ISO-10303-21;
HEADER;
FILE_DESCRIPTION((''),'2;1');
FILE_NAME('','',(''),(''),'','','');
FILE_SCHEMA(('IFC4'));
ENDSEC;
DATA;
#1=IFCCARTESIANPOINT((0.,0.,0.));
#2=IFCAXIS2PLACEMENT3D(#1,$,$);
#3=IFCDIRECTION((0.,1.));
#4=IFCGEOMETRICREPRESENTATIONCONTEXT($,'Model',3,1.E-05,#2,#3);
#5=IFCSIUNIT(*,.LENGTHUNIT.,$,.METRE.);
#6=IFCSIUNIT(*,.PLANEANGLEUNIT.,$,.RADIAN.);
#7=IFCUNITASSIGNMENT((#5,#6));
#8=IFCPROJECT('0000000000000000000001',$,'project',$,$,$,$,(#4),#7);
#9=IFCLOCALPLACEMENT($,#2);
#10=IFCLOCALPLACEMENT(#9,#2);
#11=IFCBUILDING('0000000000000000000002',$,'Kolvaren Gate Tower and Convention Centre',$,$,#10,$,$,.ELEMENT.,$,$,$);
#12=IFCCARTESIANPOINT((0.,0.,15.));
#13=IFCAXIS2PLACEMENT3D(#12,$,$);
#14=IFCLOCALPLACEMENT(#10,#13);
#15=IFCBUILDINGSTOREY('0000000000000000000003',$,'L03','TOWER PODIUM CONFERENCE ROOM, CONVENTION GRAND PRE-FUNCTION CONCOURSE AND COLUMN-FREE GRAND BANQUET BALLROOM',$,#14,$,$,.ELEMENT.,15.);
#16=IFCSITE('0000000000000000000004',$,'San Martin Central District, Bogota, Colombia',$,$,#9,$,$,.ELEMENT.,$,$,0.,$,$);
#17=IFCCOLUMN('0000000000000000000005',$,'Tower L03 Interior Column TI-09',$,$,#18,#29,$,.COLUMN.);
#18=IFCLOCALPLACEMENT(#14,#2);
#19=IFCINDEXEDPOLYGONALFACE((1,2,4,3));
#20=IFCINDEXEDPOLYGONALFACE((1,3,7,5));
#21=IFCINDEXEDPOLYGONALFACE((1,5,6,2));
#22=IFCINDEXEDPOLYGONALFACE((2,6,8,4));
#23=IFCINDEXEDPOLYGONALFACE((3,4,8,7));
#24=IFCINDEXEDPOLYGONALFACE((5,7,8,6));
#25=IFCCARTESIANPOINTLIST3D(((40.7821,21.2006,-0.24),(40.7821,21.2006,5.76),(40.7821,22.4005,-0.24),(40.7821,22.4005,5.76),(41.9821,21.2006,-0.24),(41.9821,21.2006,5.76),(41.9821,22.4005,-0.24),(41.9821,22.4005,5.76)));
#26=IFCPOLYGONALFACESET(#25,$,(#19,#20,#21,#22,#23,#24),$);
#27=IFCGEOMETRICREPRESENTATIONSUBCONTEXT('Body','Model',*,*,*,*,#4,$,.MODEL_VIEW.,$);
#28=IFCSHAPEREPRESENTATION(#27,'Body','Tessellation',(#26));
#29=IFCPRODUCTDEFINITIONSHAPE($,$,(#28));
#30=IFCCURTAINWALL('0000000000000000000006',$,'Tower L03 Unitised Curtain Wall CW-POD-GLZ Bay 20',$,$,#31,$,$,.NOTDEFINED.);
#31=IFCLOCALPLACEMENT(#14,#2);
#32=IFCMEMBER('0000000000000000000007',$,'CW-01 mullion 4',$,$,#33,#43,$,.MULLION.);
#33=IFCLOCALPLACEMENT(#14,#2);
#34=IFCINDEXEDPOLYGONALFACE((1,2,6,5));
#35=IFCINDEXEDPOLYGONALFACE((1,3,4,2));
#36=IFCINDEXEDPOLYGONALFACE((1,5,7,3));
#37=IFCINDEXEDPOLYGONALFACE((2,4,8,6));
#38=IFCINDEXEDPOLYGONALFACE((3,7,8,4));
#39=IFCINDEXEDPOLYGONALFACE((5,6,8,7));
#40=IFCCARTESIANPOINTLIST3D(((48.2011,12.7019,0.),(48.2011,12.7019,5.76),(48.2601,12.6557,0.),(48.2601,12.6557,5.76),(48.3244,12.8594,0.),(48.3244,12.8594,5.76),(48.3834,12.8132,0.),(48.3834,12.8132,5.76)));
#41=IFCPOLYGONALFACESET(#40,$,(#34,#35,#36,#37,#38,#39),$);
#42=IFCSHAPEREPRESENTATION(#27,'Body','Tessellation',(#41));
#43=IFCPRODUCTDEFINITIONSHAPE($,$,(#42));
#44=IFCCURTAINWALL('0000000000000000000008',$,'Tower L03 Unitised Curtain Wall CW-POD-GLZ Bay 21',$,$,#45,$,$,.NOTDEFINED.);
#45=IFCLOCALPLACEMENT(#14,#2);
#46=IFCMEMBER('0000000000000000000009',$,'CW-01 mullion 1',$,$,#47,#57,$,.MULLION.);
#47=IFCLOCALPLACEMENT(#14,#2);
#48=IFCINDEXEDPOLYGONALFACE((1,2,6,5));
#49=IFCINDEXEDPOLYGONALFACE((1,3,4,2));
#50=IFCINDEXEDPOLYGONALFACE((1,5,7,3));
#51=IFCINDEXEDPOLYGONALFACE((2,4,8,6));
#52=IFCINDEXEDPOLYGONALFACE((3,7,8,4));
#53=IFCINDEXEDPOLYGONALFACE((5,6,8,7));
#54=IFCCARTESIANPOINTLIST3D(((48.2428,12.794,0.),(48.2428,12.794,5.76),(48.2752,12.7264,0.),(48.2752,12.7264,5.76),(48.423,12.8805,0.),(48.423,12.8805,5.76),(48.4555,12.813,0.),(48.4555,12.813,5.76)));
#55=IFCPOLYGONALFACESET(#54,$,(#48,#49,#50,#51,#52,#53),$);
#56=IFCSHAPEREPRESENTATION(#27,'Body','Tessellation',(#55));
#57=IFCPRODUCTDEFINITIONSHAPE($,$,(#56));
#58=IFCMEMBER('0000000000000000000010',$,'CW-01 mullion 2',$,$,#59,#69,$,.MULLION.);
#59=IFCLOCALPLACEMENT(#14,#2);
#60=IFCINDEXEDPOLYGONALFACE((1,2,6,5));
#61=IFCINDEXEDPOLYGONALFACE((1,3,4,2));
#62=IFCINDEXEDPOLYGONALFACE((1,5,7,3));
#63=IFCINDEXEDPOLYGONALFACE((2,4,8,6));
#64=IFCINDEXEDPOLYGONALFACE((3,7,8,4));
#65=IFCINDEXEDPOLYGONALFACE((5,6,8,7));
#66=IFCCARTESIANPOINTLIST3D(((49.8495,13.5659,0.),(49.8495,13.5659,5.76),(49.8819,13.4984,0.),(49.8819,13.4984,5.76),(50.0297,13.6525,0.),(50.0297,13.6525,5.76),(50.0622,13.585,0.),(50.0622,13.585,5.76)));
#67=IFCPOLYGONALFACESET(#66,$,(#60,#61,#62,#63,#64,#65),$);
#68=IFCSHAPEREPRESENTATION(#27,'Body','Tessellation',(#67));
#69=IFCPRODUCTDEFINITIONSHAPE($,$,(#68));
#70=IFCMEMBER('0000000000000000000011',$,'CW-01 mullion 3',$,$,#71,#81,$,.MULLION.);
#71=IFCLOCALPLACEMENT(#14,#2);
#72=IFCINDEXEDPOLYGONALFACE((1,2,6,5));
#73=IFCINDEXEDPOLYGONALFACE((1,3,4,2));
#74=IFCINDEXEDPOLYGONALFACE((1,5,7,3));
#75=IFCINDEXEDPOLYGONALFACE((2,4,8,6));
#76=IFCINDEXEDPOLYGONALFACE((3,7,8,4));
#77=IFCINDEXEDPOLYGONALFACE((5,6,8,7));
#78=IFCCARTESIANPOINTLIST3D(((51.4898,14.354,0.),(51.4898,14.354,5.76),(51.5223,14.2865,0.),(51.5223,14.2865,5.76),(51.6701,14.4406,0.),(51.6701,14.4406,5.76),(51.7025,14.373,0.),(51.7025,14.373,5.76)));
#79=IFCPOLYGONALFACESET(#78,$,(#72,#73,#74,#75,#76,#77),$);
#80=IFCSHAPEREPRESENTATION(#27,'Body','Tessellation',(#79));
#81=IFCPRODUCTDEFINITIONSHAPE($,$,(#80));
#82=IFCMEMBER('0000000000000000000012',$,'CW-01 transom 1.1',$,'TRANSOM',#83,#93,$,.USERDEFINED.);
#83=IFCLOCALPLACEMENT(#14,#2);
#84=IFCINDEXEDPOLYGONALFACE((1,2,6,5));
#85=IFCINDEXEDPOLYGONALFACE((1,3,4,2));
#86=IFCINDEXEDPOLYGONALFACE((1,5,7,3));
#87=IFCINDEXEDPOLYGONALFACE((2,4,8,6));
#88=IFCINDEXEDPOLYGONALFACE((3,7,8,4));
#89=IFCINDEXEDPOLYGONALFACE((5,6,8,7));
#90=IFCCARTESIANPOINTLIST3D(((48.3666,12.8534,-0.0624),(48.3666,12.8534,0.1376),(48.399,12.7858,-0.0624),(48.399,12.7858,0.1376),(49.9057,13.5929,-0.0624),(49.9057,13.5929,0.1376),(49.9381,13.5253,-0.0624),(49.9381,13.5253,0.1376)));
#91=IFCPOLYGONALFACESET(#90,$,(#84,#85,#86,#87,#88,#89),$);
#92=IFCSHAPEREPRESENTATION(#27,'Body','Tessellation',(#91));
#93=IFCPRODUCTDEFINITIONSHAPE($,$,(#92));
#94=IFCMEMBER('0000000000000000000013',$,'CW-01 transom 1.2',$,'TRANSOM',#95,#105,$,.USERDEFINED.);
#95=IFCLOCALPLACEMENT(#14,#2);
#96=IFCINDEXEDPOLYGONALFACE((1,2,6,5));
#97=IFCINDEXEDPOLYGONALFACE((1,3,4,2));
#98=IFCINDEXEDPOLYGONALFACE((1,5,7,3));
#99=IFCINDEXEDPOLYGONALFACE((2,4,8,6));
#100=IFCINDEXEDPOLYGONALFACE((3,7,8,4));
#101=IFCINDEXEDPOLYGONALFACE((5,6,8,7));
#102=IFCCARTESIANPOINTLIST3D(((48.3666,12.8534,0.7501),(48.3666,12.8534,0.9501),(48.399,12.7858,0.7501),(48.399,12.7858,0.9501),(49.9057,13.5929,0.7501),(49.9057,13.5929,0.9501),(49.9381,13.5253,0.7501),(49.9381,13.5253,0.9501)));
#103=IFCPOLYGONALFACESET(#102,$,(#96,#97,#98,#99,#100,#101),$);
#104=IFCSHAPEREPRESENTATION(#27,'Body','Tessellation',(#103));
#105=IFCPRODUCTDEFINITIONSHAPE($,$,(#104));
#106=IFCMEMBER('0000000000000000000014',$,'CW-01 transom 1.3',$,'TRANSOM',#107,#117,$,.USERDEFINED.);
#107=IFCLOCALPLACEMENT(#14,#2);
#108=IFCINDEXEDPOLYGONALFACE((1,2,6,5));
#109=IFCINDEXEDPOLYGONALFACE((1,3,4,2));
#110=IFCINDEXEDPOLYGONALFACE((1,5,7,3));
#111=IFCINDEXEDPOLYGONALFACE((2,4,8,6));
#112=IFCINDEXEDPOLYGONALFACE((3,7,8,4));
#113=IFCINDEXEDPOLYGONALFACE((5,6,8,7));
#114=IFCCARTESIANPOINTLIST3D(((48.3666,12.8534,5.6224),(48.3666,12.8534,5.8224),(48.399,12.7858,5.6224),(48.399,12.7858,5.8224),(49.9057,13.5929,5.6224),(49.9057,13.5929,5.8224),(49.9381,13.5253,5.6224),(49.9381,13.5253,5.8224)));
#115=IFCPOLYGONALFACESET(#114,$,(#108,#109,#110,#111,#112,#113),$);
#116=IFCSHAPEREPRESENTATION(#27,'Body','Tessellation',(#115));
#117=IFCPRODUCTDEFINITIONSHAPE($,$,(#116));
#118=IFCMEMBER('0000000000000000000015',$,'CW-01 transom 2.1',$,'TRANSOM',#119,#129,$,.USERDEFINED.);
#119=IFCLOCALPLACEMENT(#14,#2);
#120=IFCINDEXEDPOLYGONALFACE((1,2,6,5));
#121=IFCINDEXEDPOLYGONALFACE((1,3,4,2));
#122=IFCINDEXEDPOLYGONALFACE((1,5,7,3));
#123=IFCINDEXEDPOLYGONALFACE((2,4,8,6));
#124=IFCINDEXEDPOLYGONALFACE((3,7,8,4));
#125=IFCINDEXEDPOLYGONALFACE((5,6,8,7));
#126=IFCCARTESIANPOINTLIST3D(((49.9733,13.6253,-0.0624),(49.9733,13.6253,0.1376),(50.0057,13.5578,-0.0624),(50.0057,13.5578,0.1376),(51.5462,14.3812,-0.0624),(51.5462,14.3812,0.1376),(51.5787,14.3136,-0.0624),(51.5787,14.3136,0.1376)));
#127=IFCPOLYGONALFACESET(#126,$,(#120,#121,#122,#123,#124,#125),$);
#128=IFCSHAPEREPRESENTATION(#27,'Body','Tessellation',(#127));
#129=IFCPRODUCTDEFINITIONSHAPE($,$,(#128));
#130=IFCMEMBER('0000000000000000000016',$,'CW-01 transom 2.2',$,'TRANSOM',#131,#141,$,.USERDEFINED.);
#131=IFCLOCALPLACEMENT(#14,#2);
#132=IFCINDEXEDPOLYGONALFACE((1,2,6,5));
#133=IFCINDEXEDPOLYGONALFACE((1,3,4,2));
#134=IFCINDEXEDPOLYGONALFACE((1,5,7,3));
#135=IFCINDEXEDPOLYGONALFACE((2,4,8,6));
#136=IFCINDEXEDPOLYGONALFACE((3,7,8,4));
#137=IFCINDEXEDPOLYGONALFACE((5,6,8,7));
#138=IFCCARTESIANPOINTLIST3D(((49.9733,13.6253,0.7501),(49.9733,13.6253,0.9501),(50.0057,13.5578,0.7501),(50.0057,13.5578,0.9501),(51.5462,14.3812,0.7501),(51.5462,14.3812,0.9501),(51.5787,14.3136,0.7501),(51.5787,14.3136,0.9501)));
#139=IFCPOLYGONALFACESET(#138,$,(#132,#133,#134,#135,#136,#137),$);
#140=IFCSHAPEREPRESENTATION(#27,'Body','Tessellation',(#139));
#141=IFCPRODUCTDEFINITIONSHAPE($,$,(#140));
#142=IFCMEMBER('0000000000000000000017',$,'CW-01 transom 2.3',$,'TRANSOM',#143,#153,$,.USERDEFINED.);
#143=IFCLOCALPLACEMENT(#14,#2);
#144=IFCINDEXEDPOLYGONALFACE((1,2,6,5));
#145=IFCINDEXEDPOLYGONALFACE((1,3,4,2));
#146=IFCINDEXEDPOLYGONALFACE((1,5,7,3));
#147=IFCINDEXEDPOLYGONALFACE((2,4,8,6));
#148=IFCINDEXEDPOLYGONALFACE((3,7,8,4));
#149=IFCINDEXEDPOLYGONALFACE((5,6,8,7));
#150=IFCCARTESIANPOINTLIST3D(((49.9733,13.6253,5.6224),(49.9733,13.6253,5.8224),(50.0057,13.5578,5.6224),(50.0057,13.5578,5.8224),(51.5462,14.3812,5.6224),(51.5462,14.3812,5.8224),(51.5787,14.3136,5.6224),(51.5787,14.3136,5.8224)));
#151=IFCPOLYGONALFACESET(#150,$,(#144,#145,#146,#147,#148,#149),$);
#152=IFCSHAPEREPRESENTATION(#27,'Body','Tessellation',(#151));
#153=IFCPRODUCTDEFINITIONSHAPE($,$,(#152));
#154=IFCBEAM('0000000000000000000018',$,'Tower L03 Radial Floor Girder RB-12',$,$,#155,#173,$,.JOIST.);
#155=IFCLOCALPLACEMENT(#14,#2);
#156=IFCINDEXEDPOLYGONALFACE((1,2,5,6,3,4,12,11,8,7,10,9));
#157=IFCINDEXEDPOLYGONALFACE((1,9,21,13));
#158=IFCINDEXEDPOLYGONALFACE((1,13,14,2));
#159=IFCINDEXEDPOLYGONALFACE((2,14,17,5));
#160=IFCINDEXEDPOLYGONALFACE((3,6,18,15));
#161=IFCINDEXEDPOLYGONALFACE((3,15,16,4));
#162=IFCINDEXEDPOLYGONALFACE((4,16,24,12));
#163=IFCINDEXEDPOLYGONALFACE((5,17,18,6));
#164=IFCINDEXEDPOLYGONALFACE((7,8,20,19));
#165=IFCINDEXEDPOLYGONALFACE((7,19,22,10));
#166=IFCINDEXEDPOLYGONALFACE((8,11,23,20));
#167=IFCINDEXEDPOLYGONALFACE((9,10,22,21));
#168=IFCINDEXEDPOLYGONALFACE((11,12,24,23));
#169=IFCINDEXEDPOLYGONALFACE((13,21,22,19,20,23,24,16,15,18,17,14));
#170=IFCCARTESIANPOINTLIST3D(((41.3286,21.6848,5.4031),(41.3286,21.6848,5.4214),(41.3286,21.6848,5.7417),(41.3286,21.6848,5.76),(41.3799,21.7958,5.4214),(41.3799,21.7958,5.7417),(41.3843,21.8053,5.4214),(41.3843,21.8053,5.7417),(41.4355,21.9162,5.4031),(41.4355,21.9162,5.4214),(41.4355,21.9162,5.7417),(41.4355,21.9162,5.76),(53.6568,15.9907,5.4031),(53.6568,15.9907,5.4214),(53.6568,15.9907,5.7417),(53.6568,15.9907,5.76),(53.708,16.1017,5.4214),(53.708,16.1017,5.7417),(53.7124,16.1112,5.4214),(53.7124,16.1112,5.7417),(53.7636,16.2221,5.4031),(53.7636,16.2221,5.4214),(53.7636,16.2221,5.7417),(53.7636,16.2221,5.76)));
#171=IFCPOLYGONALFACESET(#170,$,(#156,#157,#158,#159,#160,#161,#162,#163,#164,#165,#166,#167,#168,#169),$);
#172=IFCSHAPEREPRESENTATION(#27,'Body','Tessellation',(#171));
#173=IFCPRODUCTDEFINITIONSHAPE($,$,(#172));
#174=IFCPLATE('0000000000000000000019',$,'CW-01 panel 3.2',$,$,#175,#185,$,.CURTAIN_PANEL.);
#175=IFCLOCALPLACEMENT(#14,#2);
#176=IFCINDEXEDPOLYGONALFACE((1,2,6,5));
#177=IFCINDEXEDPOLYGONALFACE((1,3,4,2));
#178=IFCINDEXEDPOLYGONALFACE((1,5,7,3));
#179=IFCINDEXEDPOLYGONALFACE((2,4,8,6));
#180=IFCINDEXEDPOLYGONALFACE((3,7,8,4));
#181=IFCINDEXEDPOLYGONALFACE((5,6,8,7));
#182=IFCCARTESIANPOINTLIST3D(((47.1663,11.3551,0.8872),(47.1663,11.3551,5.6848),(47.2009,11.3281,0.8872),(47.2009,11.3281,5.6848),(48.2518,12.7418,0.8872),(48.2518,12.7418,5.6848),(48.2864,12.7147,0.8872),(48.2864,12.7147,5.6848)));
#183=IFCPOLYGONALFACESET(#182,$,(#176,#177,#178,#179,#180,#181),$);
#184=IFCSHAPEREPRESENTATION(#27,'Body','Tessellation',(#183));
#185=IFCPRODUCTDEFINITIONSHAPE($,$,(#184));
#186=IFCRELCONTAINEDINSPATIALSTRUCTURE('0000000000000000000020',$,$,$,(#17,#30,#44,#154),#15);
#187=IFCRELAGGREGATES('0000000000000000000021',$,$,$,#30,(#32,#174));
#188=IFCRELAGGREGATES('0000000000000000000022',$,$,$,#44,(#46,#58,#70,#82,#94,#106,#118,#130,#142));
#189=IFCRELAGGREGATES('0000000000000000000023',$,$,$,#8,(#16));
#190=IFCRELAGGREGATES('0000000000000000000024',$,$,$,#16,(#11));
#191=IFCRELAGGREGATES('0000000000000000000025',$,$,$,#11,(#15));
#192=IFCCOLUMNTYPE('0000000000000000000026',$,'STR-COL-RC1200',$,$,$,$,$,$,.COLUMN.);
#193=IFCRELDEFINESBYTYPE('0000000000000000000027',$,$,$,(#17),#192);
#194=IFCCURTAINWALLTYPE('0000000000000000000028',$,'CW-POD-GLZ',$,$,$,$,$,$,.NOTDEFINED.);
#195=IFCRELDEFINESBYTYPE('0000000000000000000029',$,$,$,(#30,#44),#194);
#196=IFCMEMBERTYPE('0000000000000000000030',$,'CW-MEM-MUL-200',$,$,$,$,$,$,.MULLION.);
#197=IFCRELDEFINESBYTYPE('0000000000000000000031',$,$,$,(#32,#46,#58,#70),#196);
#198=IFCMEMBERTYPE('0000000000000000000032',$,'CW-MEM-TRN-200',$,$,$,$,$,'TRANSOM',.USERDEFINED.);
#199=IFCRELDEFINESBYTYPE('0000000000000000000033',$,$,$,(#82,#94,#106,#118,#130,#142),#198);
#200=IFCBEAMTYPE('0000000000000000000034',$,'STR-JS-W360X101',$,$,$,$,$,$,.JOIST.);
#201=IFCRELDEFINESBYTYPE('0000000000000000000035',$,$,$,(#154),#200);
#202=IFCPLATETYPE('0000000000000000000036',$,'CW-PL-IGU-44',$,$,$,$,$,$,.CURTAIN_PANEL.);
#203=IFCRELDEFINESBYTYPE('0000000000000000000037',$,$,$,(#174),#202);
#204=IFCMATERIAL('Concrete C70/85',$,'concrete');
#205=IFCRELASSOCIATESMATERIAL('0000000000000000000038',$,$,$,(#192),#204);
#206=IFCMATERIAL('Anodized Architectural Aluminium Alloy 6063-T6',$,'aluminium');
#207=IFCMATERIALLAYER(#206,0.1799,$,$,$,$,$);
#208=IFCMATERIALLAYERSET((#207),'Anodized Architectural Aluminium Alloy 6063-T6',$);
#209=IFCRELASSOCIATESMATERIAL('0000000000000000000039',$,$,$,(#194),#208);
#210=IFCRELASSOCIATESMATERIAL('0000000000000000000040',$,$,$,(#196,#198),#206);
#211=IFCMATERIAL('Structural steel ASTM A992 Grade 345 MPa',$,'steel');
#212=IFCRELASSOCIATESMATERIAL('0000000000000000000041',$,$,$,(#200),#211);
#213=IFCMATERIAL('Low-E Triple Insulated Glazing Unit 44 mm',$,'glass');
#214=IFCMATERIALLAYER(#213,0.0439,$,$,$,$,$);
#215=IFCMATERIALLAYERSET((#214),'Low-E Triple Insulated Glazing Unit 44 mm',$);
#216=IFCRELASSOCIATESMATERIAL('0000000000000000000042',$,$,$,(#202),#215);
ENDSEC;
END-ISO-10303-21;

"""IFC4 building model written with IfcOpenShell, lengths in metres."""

from ifc_helpers import new_model, si_unit, direction, frame, origin, origin_2d, place, context, subcontext, project, spatial, rectangle, i_section, extrude, material, layer, layer_set, material_profile, profile_set, type_object, element, aggregate, save


model = new_model("IFC4")

# Units and contexts
model_context = context("Model", 3, precision=1e-05, world=origin(), true_north=direction((0.0, 1.0)))
body_context = subcontext(model_context, "Body", "Model", "MODEL_VIEW")
ifc_project = project(units=[si_unit("LENGTHUNIT", "METRE"), si_unit("PLANEANGLEUNIT", "RADIAN")], contexts=[model_context])

# Site, building, storey
site_placement = place(None, origin())
site = spatial("IfcSite", under=ifc_project, at=site_placement, Name="San Martin Central District, Bogota, Colombia", CompositionType="ELEMENT", RefElevation=0.0)
building_placement = place(site_placement, origin())
building = spatial("IfcBuilding", under=site, at=building_placement, Name="Kolvaren Gate Tower and Convention Centre", CompositionType="ELEMENT")
storey_placement = place(building_placement, frame((0.0, 0.0, 15.0)))
storey = spatial("IfcBuildingStorey", under=building, at=storey_placement, Name="L03", Description="TOWER PODIUM CONFERENCE ROOM, CONVENTION GRAND PRE-FUNCTION CONCOURSE AND COLUMN-FREE GRAND BANQUET BALLROOM", CompositionType="ELEMENT", Elevation=15.0)

# Column
ifc_material_1 = material(Name="Concrete C70/85", Category="concrete")
ifc_material_profile_1 = material_profile(ifc_material_1, rectangle(XDim=1.2, YDim=1.2, at=origin_2d()), Name="RC-COL-1200X1200")
ifc_profile_set_1 = profile_set([ifc_material_profile_1], Name="Concrete C70/85")
column_type = type_object("IfcColumnType", Name="STR-COL-RC1200", PredefinedType="COLUMN", material=ifc_profile_set_1)
column_placement = place(storey_placement, frame((41.3821, 21.8005, -0.24), z_axis=(0.0, 0.0, 1.0), x_axis=(1.0, 0.0, 0.0)))
element("IfcColumn", 1, at=column_placement, inside=storey, type_object=column_type, Name="Tower L03 Interior Column TI-09", PredefinedType="COLUMN", context=body_context, shape_type="SweptSolid", body=[
    extrude(rectangle(XDim=1.2, YDim=1.2, at=origin_2d()), origin(), (0.0, 0.0, 1.0), 6.0),
])

# Curtain wall, member
ifc_material_2 = material(Name="Anodized Architectural Aluminium Alloy 6063-T6", Category="aluminium")
ifc_layer_1 = layer(ifc_material_2, 0.1799)
ifc_layer_set_1 = layer_set([ifc_layer_1], Name="Anodized Architectural Aluminium Alloy 6063-T6")
curtain_wall_type = type_object("IfcCurtainWallType", Name="CW-POD-GLZ", PredefinedType="NOTDEFINED", material=ifc_layer_set_1)
curtain_wall_1_placement = place(storey_placement, origin())
curtain_wall_1 = element("IfcCurtainWall", 2, at=curtain_wall_1_placement, inside=storey, type_object=curtain_wall_type, Name="Tower L03 Unitised Curtain Wall CW-POD-GLZ Bay 20", PredefinedType="NOTDEFINED")
ifc_material_profile_2 = material_profile(ifc_material_2, rectangle(XDim=0.075, YDim=0.2, at=origin_2d()), Name="CW-MEM-MUL-200")
ifc_profile_set_2 = profile_set([ifc_material_profile_2], Name="Anodized Architectural Aluminium Alloy 6063-T6")
member_type_1 = type_object("IfcMemberType", Name="CW-MEM-MUL-200", PredefinedType="MULLION", material=ifc_profile_set_2)
member_1_placement = place(storey_placement, frame((48.2922, 12.7576, 0.0), z_axis=(0.0, 0.0, 1.0), x_axis=(-0.787413, 0.616426, 0.0)))
member_1 = element("IfcMember", 3, at=member_1_placement, type_object=member_type_1, Name="CW-01 mullion 4", PredefinedType="MULLION", context=body_context, shape_type="SweptSolid", body=[
    extrude(rectangle(XDim=0.075, YDim=0.2, at=origin_2d()), origin(), (0.0, 0.0, 1.0), 5.76),
])

# Curtain wall, members
curtain_wall_2_placement = place(storey_placement, origin())
curtain_wall_2 = element("IfcCurtainWall", 4, at=curtain_wall_2_placement, inside=storey, type_object=curtain_wall_type, Name="Tower L03 Unitised Curtain Wall CW-POD-GLZ Bay 21", PredefinedType="NOTDEFINED")
member_2_placement = place(storey_placement, frame((48.3491, 12.8035, 0.0), z_axis=(0.0, 0.0, 1.0), x_axis=(-0.433063, 0.901364, 0.0)))
member_2 = element("IfcMember", 5, at=member_2_placement, type_object=member_type_1, Name="CW-01 mullion 1", PredefinedType="MULLION", context=body_context, shape_type="SweptSolid", body=[
    extrude(rectangle(XDim=0.075, YDim=0.2, at=origin_2d()), origin(), (0.0, 0.0, 1.0), 5.76),
])
member_3_placement = place(storey_placement, frame((49.9558, 13.5754, 0.0), z_axis=(0.0, 0.0, 1.0), x_axis=(-0.433063, 0.901364, 0.0)))
member_3 = element("IfcMember", 6, at=member_3_placement, type_object=member_type_1, Name="CW-01 mullion 2", PredefinedType="MULLION", context=body_context, shape_type="SweptSolid", body=[
    extrude(rectangle(XDim=0.075, YDim=0.2, at=origin_2d()), origin(), (0.0, 0.0, 1.0), 5.76),
])
member_4_placement = place(storey_placement, frame((51.5962, 14.3635, 0.0), z_axis=(0.0, 0.0, 1.0), x_axis=(-0.433063, 0.901364, 0.0)))
member_4 = element("IfcMember", 7, at=member_4_placement, type_object=member_type_1, Name="CW-01 mullion 3", PredefinedType="MULLION", context=body_context, shape_type="SweptSolid", body=[
    extrude(rectangle(XDim=0.075, YDim=0.2, at=origin_2d()), origin(), (0.0, 0.0, 1.0), 5.76),
])
ifc_material_profile_3 = material_profile(ifc_material_2, rectangle(XDim=0.075, YDim=0.2, at=origin_2d()), Name="CW-MEM-TRN-200")
ifc_profile_set_3 = profile_set([ifc_material_profile_3], Name="Anodized Architectural Aluminium Alloy 6063-T6")
member_type_2 = type_object("IfcMemberType", Name="CW-MEM-TRN-200", ElementType="TRANSOM", PredefinedType="USERDEFINED", material=ifc_profile_set_3)
member_5_placement = place(storey_placement, frame((48.3828, 12.8196, 0.0376), z_axis=(0.901351, 0.433089, 0.0), x_axis=(-0.433089, 0.901351, 0.0)))
member_5 = element("IfcMember", 8, at=member_5_placement, type_object=member_type_2, Name="CW-01 transom 1.1", ObjectType="TRANSOM", PredefinedType="USERDEFINED", context=body_context, shape_type="SweptSolid", body=[
    extrude(rectangle(XDim=0.075, YDim=0.2, at=origin_2d()), origin(), (0.0, 0.0, 1.0), 1.7075),
])
member_6_placement = place(storey_placement, frame((48.3828, 12.8196, 0.8501), z_axis=(0.901351, 0.433089, 0.0), x_axis=(-0.433089, 0.901351, 0.0)))
member_6 = element("IfcMember", 9, at=member_6_placement, type_object=member_type_2, Name="CW-01 transom 1.2", ObjectType="TRANSOM", PredefinedType="USERDEFINED", context=body_context, shape_type="SweptSolid", body=[
    extrude(rectangle(XDim=0.075, YDim=0.2, at=origin_2d()), origin(), (0.0, 0.0, 1.0), 1.7075),
])
member_7_placement = place(storey_placement, frame((48.3828, 12.8196, 5.7224), z_axis=(0.901351, 0.433089, 0.0), x_axis=(-0.433089, 0.901351, 0.0)))
member_7 = element("IfcMember", 10, at=member_7_placement, type_object=member_type_2, Name="CW-01 transom 1.3", ObjectType="TRANSOM", PredefinedType="USERDEFINED", context=body_context, shape_type="SweptSolid", body=[
    extrude(rectangle(XDim=0.075, YDim=0.2, at=origin_2d()), origin(), (0.0, 0.0, 1.0), 1.7075),
])
member_8_placement = place(storey_placement, frame((49.9895, 13.5916, 0.0376), z_axis=(0.90134, 0.433113, 0.0), x_axis=(-0.433113, 0.90134, 0.0)))
member_8 = element("IfcMember", 11, at=member_8_placement, type_object=member_type_2, Name="CW-01 transom 2.1", ObjectType="TRANSOM", PredefinedType="USERDEFINED", context=body_context, shape_type="SweptSolid", body=[
    extrude(rectangle(XDim=0.075, YDim=0.2, at=origin_2d()), origin(), (0.0, 0.0, 1.0), 1.7451),
])
member_9_placement = place(storey_placement, frame((49.9895, 13.5916, 0.8501), z_axis=(0.90134, 0.433113, 0.0), x_axis=(-0.433113, 0.90134, 0.0)))
member_9 = element("IfcMember", 12, at=member_9_placement, type_object=member_type_2, Name="CW-01 transom 2.2", ObjectType="TRANSOM", PredefinedType="USERDEFINED", context=body_context, shape_type="SweptSolid", body=[
    extrude(rectangle(XDim=0.075, YDim=0.2, at=origin_2d()), origin(), (0.0, 0.0, 1.0), 1.7451),
])
member_10_placement = place(storey_placement, frame((49.9895, 13.5916, 5.7224), z_axis=(0.90134, 0.433113, 0.0), x_axis=(-0.433113, 0.90134, 0.0)))
member_10 = element("IfcMember", 13, at=member_10_placement, type_object=member_type_2, Name="CW-01 transom 2.3", ObjectType="TRANSOM", PredefinedType="USERDEFINED", context=body_context, shape_type="SweptSolid", body=[
    extrude(rectangle(XDim=0.075, YDim=0.2, at=origin_2d()), origin(), (0.0, 0.0, 1.0), 1.7451),
])

# Beam
ifc_material_3 = material(Name="Structural steel ASTM A992 Grade 345 MPa", Category="steel")
ifc_material_profile_4 = material_profile(ifc_material_3, i_section(OverallWidth=0.2549, OverallDepth=0.3569, WebThickness=0.0105, FlangeThickness=0.0183, at=origin_2d()), Name="W360X101")
ifc_profile_set_4 = profile_set([ifc_material_profile_4], Name="Structural steel ASTM A992 Grade 345 MPa")
beam_type = type_object("IfcBeamType", Name="STR-JS-W360X101", PredefinedType="JOIST", material=ifc_profile_set_4)
beam_placement = place(storey_placement, frame((41.3821, 21.8005, 5.5815), z_axis=(0.907842, -0.419312, 0.0), x_axis=(0.419312, 0.907842, 0.0)))
element("IfcBeam", 14, at=beam_placement, inside=storey, type_object=beam_type, Name="Tower L03 Radial Floor Girder RB-12", PredefinedType="JOIST", context=body_context, shape_type="SweptSolid", body=[
    extrude(i_section(OverallWidth=0.2549, OverallDepth=0.3569, WebThickness=0.0105, FlangeThickness=0.0183, at=origin_2d()), origin(), (0.0, 0.0, 1.0), 13.5796),
])

# Plate
ifc_material_4 = material(Name="Low-E Triple Insulated Glazing Unit 44 mm", Category="glass")
ifc_layer_2 = layer(ifc_material_4, 0.0439)
ifc_layer_set_2 = layer_set([ifc_layer_2], Name="Low-E Triple Insulated Glazing Unit 44 mm")
plate_type_1 = type_object("IfcPlateType", Name="CW-PL-IGU-44", PredefinedType="CURTAIN_PANEL", material=ifc_layer_set_2)
plate_1_placement = place(storey_placement, frame((47.7263, 12.0349, 0.8872), z_axis=(0.0, 0.0, 1.0), x_axis=(0.616426, 0.787413, 0.0)))
plate_1 = element("IfcPlate", 15, at=plate_1_placement, type_object=plate_type_1, Name="CW-01 panel 3.2", PredefinedType="CURTAIN_PANEL", context=body_context, shape_type="SweptSolid", body=[
    extrude(rectangle(XDim=1.761, YDim=0.0439, at=origin_2d()), origin(), (0.0, 0.0, 1.0), 4.7976),
])
aggregate(curtain_wall_1, [member_1, plate_1])
aggregate(curtain_wall_2, [member_2, member_3, member_4, member_5, member_6, member_7, member_8, member_9, member_10])

save(model, "model.ifc")
